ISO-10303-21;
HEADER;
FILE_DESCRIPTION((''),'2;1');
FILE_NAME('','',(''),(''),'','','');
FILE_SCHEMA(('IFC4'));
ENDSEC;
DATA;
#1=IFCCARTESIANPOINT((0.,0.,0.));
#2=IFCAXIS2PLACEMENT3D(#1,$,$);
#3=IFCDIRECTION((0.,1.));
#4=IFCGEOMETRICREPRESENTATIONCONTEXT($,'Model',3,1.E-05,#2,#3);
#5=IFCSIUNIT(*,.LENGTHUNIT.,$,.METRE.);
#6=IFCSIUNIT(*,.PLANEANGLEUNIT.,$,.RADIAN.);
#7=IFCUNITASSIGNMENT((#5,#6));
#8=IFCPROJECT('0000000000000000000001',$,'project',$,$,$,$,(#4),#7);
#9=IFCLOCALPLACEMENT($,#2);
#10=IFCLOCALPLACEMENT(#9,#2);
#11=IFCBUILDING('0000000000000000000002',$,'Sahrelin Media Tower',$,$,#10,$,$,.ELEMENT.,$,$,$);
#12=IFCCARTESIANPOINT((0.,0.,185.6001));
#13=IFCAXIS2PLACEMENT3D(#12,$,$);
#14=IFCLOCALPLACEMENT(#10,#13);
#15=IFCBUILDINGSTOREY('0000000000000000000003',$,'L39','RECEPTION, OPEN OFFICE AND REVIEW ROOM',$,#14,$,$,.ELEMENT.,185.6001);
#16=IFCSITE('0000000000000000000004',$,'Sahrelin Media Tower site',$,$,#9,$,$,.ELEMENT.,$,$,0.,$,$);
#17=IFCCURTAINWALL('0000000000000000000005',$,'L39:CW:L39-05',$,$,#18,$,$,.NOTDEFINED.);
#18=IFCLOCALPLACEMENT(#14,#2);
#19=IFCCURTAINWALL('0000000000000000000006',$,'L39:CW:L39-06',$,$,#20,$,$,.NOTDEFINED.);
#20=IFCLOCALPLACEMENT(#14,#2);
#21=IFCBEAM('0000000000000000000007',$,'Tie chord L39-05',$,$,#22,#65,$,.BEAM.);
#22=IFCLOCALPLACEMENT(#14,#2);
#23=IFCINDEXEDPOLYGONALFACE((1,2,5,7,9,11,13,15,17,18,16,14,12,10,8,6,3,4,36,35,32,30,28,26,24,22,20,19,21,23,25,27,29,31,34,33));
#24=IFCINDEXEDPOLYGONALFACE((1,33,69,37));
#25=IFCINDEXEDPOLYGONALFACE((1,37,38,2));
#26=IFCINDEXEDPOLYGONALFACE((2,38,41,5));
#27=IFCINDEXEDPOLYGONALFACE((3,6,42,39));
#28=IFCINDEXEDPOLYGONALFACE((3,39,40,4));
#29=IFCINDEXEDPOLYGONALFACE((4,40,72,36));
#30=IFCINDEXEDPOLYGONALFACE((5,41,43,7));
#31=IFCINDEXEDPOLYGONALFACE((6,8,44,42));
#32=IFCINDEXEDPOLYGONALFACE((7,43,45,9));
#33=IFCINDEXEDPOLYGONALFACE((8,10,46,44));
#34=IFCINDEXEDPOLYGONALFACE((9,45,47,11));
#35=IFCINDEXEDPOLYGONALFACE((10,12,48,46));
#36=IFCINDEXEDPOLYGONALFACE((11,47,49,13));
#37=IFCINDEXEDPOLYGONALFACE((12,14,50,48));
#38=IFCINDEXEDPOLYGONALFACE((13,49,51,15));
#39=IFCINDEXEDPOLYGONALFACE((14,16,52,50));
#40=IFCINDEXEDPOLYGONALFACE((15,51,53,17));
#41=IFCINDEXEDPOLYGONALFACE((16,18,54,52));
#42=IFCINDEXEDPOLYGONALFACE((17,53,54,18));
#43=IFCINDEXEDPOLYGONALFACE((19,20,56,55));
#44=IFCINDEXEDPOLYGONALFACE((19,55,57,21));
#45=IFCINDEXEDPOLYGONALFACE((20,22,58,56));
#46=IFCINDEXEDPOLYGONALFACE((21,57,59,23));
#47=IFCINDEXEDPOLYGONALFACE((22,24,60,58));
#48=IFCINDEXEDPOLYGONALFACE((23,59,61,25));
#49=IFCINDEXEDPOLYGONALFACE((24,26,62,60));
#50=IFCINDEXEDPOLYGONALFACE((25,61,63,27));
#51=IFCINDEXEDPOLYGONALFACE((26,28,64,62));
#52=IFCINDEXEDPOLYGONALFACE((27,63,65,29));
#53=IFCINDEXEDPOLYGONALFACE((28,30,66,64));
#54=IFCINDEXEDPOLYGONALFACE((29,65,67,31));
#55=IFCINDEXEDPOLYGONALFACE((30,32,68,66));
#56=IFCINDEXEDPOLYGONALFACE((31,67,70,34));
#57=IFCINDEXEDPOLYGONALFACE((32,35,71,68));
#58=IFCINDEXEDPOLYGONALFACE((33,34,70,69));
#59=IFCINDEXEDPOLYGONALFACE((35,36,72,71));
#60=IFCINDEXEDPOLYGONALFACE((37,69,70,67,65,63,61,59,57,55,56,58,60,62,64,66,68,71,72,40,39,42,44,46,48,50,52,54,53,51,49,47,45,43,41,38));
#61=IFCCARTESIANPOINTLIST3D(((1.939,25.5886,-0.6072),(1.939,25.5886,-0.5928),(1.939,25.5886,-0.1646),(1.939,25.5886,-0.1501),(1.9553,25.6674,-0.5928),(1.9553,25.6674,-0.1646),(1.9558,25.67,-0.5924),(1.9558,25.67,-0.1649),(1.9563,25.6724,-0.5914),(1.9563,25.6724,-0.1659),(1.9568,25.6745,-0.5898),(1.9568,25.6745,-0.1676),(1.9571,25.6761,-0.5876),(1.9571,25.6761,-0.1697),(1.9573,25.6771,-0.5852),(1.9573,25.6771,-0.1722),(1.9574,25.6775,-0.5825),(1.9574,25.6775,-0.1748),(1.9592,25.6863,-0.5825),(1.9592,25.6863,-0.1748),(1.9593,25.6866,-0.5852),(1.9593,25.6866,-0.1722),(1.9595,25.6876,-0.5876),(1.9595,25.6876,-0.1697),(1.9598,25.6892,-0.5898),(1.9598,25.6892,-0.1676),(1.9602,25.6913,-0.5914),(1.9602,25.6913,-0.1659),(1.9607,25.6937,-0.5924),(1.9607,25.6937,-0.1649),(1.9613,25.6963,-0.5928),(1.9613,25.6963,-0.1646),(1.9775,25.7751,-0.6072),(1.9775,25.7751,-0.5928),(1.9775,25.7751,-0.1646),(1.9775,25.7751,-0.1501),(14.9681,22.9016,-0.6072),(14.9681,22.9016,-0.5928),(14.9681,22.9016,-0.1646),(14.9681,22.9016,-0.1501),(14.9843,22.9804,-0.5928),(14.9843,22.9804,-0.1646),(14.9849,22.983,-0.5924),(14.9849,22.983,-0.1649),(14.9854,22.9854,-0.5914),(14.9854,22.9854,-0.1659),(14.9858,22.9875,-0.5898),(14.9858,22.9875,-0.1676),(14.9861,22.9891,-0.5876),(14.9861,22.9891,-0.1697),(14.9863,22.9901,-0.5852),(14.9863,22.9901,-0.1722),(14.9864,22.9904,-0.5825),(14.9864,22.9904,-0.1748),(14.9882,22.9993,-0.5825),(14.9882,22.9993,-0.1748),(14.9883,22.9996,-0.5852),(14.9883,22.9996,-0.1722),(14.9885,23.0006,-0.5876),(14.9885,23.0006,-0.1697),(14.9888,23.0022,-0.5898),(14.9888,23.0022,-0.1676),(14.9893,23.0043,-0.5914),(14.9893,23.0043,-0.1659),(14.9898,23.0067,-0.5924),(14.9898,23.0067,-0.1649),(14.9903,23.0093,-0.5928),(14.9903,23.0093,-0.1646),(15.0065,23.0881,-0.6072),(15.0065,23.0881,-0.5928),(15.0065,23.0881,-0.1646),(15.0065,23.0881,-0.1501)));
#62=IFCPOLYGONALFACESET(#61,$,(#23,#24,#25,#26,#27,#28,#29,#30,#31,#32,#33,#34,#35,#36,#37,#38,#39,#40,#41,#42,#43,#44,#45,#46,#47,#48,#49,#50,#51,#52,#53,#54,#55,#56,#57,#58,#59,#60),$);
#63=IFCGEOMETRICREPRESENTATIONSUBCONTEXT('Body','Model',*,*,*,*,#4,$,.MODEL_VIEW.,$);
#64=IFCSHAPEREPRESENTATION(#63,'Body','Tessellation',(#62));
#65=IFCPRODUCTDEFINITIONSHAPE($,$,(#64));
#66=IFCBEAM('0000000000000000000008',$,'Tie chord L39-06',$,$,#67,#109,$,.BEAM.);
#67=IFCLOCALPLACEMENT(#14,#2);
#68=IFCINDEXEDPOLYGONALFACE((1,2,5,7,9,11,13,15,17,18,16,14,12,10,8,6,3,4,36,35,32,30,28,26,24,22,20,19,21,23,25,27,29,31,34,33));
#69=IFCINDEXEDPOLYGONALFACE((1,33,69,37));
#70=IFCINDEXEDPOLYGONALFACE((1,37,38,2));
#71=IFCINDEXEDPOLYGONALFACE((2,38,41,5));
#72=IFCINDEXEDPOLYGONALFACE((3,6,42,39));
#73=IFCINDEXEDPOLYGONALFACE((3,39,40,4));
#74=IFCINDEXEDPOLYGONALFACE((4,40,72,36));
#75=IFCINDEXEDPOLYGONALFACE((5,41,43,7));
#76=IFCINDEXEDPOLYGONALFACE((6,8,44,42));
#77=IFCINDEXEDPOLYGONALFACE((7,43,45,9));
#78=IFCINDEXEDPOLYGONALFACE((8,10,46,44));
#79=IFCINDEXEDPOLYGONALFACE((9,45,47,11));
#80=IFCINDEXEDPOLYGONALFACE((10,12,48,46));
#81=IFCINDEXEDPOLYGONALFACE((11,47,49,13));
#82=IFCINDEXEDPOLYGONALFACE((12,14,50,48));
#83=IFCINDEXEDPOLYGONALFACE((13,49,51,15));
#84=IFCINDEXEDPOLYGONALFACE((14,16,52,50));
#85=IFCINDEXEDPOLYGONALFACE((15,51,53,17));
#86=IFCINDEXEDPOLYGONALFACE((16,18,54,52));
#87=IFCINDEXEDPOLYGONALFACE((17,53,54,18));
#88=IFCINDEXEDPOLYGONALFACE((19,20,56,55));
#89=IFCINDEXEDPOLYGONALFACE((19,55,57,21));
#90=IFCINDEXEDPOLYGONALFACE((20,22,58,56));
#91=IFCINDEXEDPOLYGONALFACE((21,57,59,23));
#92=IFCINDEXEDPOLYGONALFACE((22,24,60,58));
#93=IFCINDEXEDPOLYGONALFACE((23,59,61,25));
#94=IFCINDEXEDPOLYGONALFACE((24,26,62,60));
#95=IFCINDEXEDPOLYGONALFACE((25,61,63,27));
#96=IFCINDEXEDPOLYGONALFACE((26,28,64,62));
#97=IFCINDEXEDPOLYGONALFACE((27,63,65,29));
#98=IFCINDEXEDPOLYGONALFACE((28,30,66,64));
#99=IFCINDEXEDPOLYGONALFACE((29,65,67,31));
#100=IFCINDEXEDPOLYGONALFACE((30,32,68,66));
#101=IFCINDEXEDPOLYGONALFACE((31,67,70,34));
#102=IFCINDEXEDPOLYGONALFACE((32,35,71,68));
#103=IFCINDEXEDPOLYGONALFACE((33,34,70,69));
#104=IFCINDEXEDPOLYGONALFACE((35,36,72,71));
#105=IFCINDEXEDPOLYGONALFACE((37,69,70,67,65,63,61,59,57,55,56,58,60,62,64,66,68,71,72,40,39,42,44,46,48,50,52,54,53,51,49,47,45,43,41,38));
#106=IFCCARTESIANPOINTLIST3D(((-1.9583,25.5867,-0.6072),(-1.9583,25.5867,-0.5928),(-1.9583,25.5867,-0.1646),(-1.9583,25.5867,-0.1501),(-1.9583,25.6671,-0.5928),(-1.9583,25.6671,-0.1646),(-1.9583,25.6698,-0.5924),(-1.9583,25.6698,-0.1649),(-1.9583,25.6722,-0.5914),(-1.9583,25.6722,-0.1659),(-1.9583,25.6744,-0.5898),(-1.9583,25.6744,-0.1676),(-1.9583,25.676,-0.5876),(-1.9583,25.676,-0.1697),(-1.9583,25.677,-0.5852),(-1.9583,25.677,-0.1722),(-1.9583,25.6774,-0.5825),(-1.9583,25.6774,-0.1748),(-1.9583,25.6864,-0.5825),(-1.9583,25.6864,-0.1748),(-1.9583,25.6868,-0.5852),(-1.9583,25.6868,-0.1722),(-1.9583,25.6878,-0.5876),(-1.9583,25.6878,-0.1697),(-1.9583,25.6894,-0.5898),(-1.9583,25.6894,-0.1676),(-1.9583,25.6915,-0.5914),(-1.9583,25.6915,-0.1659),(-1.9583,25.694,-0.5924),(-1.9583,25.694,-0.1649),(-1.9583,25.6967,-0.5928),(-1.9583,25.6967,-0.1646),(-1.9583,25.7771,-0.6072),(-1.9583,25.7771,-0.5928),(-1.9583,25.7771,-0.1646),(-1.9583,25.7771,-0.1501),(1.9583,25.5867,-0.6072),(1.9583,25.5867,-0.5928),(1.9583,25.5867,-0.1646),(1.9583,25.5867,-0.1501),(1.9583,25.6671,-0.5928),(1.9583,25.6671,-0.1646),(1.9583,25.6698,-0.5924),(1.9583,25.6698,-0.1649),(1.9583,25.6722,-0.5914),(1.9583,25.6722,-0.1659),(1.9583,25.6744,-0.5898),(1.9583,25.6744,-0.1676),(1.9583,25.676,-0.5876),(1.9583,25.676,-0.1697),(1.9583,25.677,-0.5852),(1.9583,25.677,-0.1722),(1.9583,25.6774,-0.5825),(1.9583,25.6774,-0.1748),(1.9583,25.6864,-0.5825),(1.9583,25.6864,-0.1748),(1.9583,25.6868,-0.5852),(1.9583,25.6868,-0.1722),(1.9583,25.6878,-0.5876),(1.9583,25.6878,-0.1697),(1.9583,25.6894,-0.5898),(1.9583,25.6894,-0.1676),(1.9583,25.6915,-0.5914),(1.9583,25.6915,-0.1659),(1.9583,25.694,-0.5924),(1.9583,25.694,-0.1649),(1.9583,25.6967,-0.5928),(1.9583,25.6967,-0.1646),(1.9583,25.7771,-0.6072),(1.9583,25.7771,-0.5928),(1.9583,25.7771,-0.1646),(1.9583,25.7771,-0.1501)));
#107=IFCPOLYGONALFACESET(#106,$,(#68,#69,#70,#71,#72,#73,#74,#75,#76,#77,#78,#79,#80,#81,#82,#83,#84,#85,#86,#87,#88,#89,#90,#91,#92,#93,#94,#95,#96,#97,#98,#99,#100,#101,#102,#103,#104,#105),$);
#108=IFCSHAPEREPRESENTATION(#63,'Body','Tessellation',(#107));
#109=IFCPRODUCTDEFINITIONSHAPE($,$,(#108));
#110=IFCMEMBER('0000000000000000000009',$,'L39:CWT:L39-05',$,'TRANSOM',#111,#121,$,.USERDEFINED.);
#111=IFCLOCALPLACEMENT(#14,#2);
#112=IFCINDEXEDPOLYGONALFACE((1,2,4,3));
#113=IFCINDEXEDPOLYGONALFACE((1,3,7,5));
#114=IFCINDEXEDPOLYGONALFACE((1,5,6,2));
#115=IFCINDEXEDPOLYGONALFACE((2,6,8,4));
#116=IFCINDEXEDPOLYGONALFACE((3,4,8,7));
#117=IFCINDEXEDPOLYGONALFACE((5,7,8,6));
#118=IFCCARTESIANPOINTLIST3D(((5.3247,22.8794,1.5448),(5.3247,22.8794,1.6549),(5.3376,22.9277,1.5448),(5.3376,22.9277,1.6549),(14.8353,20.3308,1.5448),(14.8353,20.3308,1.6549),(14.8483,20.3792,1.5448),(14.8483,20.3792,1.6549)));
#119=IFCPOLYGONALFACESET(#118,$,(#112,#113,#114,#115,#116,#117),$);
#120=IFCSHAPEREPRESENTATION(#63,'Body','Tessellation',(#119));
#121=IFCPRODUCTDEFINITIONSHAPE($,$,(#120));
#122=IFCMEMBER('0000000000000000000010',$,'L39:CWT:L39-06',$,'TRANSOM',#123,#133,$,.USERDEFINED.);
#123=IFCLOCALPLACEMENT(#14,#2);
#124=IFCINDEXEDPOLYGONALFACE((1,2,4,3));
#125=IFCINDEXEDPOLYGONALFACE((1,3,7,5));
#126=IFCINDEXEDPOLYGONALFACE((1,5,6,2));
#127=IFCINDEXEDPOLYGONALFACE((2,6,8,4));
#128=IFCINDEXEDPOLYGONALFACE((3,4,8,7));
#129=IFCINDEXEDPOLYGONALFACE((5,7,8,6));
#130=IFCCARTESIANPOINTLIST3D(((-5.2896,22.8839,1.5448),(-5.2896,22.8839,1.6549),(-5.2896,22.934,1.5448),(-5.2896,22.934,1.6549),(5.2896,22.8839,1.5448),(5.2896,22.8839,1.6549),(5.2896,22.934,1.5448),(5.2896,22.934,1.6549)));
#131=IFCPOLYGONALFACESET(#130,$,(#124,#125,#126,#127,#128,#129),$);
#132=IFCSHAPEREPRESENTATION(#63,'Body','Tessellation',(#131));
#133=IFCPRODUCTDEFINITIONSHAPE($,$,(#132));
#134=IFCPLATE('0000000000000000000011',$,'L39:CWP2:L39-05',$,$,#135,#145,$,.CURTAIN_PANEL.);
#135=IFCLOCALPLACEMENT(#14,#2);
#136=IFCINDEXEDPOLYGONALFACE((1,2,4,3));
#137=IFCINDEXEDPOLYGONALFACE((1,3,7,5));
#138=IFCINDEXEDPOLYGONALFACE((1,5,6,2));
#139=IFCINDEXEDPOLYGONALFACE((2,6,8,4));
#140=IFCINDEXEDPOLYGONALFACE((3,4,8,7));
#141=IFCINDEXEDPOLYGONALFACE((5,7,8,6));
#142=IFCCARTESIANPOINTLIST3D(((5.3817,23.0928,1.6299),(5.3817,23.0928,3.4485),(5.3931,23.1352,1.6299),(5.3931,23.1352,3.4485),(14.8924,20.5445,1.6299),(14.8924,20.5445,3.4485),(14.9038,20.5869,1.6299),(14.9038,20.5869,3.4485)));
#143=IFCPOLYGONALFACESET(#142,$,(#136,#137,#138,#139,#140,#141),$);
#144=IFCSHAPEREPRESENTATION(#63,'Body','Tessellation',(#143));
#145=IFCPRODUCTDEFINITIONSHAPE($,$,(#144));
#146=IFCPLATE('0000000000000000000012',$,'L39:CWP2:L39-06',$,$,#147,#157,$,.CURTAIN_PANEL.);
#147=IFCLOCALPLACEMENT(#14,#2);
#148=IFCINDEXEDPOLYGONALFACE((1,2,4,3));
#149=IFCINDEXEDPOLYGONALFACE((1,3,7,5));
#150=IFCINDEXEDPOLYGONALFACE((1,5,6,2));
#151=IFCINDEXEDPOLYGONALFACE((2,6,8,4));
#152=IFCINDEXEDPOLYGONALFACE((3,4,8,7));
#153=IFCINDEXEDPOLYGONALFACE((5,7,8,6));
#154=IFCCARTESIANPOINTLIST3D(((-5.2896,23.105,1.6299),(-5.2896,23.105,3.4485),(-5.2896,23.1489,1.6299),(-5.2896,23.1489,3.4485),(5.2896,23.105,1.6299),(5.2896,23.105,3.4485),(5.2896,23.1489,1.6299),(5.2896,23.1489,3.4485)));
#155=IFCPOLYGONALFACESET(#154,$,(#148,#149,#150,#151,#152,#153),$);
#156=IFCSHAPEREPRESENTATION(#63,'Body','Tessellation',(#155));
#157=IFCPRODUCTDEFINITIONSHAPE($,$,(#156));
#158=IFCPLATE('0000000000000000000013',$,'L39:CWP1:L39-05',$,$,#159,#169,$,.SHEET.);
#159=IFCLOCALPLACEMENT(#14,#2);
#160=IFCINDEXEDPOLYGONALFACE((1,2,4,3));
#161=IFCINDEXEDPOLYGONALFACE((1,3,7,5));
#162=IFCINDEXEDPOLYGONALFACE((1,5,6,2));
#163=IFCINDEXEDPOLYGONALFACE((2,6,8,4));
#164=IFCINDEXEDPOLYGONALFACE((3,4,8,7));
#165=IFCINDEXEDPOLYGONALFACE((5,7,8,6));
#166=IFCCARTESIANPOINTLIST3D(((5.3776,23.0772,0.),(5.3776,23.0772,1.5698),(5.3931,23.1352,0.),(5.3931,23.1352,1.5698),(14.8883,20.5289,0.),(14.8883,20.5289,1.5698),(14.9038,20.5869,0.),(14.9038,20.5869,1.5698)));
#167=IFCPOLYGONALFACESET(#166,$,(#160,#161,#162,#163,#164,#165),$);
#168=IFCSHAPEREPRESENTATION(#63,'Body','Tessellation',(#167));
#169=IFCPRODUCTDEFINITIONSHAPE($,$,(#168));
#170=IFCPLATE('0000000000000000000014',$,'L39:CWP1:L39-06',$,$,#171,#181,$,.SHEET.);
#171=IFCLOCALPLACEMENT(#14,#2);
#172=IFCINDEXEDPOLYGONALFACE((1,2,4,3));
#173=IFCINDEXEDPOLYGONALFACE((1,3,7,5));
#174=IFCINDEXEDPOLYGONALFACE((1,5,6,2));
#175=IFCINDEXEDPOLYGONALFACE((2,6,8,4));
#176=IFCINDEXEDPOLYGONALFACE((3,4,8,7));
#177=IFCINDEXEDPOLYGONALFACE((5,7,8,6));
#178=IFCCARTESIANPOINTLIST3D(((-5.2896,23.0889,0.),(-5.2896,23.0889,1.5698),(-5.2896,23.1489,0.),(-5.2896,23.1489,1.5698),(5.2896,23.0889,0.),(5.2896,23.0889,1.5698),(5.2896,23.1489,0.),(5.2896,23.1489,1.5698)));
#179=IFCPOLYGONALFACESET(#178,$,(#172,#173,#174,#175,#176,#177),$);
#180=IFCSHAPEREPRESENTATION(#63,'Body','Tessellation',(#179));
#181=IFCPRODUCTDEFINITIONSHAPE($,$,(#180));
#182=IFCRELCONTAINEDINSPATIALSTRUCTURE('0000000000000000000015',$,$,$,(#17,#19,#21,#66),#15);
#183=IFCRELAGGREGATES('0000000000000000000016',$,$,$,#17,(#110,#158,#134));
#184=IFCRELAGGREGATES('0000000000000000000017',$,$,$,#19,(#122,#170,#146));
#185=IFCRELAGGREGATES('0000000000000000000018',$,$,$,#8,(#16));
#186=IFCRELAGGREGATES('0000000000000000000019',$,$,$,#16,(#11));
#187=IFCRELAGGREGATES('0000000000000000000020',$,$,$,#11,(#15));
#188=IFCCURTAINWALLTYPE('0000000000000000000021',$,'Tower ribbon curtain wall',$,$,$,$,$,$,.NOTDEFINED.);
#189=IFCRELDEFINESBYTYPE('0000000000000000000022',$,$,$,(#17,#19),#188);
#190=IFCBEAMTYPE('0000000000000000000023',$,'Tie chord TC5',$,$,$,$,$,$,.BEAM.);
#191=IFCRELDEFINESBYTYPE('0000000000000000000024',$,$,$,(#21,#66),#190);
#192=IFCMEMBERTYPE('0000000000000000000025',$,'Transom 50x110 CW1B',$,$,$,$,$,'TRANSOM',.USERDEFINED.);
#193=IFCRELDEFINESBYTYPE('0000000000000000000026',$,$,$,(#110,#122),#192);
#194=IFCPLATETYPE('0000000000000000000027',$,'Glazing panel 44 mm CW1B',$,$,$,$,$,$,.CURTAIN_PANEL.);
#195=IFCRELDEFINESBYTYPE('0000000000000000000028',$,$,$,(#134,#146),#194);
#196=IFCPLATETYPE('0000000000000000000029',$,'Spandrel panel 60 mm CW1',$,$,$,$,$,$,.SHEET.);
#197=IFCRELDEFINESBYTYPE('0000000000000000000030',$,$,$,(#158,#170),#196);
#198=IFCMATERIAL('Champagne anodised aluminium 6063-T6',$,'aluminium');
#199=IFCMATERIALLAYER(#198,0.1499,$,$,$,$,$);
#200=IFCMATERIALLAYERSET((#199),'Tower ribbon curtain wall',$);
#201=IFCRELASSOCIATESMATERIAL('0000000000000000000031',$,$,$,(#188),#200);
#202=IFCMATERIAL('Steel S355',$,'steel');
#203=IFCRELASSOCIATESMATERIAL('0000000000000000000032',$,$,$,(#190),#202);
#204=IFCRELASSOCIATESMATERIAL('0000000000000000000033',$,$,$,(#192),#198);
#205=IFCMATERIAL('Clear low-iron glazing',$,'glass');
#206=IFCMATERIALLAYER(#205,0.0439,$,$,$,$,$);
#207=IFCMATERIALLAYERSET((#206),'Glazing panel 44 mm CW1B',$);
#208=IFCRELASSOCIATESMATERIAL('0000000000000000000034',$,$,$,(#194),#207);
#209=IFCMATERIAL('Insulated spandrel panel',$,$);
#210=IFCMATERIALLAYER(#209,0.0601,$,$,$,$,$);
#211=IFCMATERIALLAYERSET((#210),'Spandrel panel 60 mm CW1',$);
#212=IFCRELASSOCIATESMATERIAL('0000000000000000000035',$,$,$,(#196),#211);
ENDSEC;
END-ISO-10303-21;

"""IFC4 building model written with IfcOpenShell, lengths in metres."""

from ifc_helpers import new_model, si_unit, direction, frame, origin, origin_2d, place, context, subcontext, project, spatial, polyline, rectangle, i_section, outline, extrude, material, layer, layer_set, material_profile, profile_set, type_object, element, aggregate, save


model = new_model("IFC4")

# Units and contexts
model_context = context("Model", 3, precision=1e-05, world=origin(), true_north=direction((0.0, 1.0)))
body_context = subcontext(model_context, "Body", "Model", "MODEL_VIEW")
ifc_project = project(units=[si_unit("LENGTHUNIT", "METRE"), si_unit("PLANEANGLEUNIT", "RADIAN")], contexts=[model_context])

# Site, building, storey
site_placement = place(None, origin())
site = spatial("IfcSite", under=ifc_project, at=site_placement, Name="Sahrelin Media Tower site", CompositionType="ELEMENT", RefElevation=0.0)
building_placement = place(site_placement, origin())
building = spatial("IfcBuilding", under=site, at=building_placement, Name="Sahrelin Media Tower", CompositionType="ELEMENT")
storey_placement = place(building_placement, frame((0.0, 0.0, 185.6001)))
storey = spatial("IfcBuildingStorey", under=building, at=storey_placement, Name="L39", Description="RECEPTION, OPEN OFFICE AND REVIEW ROOM", CompositionType="ELEMENT", Elevation=185.6001)

# Shared definitions
ifc_material_1 = material(Name="Steel S355", Category="steel")

# Curtain walls
ifc_material_2 = material(Name="Champagne anodised aluminium 6063-T6", Category="aluminium")
ifc_layer_1 = layer(ifc_material_2, 0.1499)
ifc_layer_set_1 = layer_set([ifc_layer_1], Name="Tower ribbon curtain wall")
curtain_wall_type = type_object("IfcCurtainWallType", Name="Tower ribbon curtain wall", PredefinedType="NOTDEFINED", material=ifc_layer_set_1)
curtain_wall_1_placement = place(storey_placement, frame((10.1433, 21.8418, 0.0), z_axis=(0.0, 0.0, 1.0), x_axis=(1.0, 0.0, 0.0)))
curtain_wall_1 = element("IfcCurtainWall", 1, at=curtain_wall_1_placement, inside=storey, type_object=curtain_wall_type, Name="L39:CW:L39-05", PredefinedType="NOTDEFINED")
placement_1 = place(storey_placement, frame((0.0, 23.1289, 0.0), z_axis=(0.0, 0.0, 1.0), x_axis=(1.0, 0.0, 0.0)))
curtain_wall_2 = element("IfcCurtainWall", 2, at=placement_1, inside=storey, type_object=curtain_wall_type, Name="L39:CW:L39-06", PredefinedType="NOTDEFINED")

# Beams
ifc_material_profile_1 = material_profile(ifc_material_1, i_section(OverallWidth=0.1904, OverallDepth=0.457, WebThickness=0.009, FlangeThickness=0.0144, FilletRadius=0.0103, at=origin_2d()), Name="UB 457x191x74")
ifc_profile_set_1 = profile_set([ifc_material_profile_1], Name="Steel S355")
beam_type_1 = type_object("IfcBeamType", Name="Tie chord TC5", PredefinedType="BEAM", material=ifc_profile_set_1)
beam_1_placement = place(storey_placement, frame((14.9873, 22.9949, -0.3787), z_axis=(-0.979389, 0.201982, 0.0), x_axis=(-0.201982, -0.979389, 0.0)))
element("IfcBeam", 3, at=beam_1_placement, inside=storey, type_object=beam_type_1, Name="Tie chord L39-05", PredefinedType="BEAM", context=body_context, shape_type="SweptSolid", body=[
    extrude(i_section(OverallWidth=0.1904, OverallDepth=0.457, WebThickness=0.009, FlangeThickness=0.0144, FilletRadius=0.0103, at=origin_2d()), origin(), (0.0, 0.0, 1.0), 13.3032),
])
beam_2_placement = place(storey_placement, frame((1.9583, 25.6819, -0.3787), z_axis=(-1.0, 0.0, 0.0), x_axis=(0.0, -1.0, 0.0)))
element("IfcBeam", 4, at=beam_2_placement, inside=storey, type_object=beam_type_1, Name="Tie chord L39-06", PredefinedType="BEAM", context=body_context, shape_type="SweptSolid", body=[
    extrude(i_section(OverallWidth=0.1904, OverallDepth=0.457, WebThickness=0.009, FlangeThickness=0.0144, FilletRadius=0.0103, at=origin_2d()), origin(), (0.0, 0.0, 1.0), 3.9165),
])

# Members
ifc_material_profile_2 = material_profile(ifc_material_2, rectangle(XDim=0.05, YDim=0.1101, at=origin_2d()), Name="Transom 50x110")
ifc_profile_set_2 = profile_set([ifc_material_profile_2], Name="Champagne anodised aluminium 6063-T6")
member_type_1 = type_object("IfcMemberType", Name="Transom 50x110 CW1B", ElementType="TRANSOM", PredefinedType="USERDEFINED", material=ifc_profile_set_2)
member_1_placement = place(storey_placement, frame((14.8418, 20.355, 1.5999), z_axis=(-0.965921, 0.258837, 0.0), x_axis=(-0.258837, -0.965921, 0.0)))
member_1 = element("IfcMember", 5, at=member_1_placement, type_object=member_type_1, Name="L39:CWT:L39-05", ObjectType="TRANSOM", PredefinedType="USERDEFINED", context=body_context, shape_type="SweptSolid", body=[
    extrude(rectangle(XDim=0.05, YDim=0.1101, at=origin_2d()), origin(), (0.0, 0.0, 1.0), 9.8462),
])
member_2_placement = place(storey_placement, frame((5.2896, 22.9089, 1.5999), z_axis=(-1.0, 0.0, 0.0), x_axis=(0.0, -1.0, 0.0)))
member_2 = element("IfcMember", 6, at=member_2_placement, type_object=member_type_1, Name="L39:CWT:L39-06", ObjectType="TRANSOM", PredefinedType="USERDEFINED", context=body_context, shape_type="SweptSolid", body=[
    extrude(rectangle(XDim=0.05, YDim=0.1101, at=origin_2d()), origin(), (0.0, 0.0, 1.0), 10.5791),
])

# Plates
ifc_material_3 = material(Name="Clear low-iron glazing", Category="glass")
ifc_layer_2 = layer(ifc_material_3, 0.0439)
ifc_layer_set_2 = layer_set([ifc_layer_2], Name="Glazing panel 44 mm CW1B")
plate_type_1 = type_object("IfcPlateType", Name="Glazing panel 44 mm CW1B", PredefinedType="CURTAIN_PANEL", material=ifc_layer_set_2)
plate_1_placement = place(storey_placement, frame((14.9038, 20.5869, 1.6299), z_axis=(0.258814, 0.965927, 0.0), x_axis=(-0.965927, 0.258814, 0.0)))
plate_1 = element("IfcPlate", 7, at=plate_1_placement, type_object=plate_type_1, Name="L39:CWP2:L39-05", PredefinedType="CURTAIN_PANEL", context=body_context, shape_type="SweptSolid", body=[
    extrude(outline(polyline([(0.0, 0.0), (9.8462, 0.0), (9.8462, 1.8186), (0.0, 1.8186), (0.0, 0.0)])), origin(), (0.0, 0.0, -1.0), 0.0439),
])
plate_2_placement = place(storey_placement, frame((5.2896, 23.1489, 1.6299), z_axis=(0.0, 1.0, 0.0), x_axis=(-1.0, 0.0, 0.0)))
plate_2 = element("IfcPlate", 8, at=plate_2_placement, type_object=plate_type_1, Name="L39:CWP2:L39-06", PredefinedType="CURTAIN_PANEL", context=body_context, shape_type="SweptSolid", body=[
    extrude(outline(polyline([(0.0, 0.0), (10.5791, 0.0), (10.5791, 1.8186), (0.0, 1.8186), (0.0, 0.0)])), origin(), (0.0, 0.0, -1.0), 0.0439),
])
ifc_material_4 = material(Name="Insulated spandrel panel")
ifc_layer_3 = layer(ifc_material_4, 0.0601)
ifc_layer_set_3 = layer_set([ifc_layer_3], Name="Spandrel panel 60 mm CW1")
plate_type_2 = type_object("IfcPlateType", Name="Spandrel panel 60 mm CW1", PredefinedType="SHEET", material=ifc_layer_set_3)
plate_3_placement = place(storey_placement, frame((14.9038, 20.5869, 0.0), z_axis=(0.258814, 0.965927, 0.0), x_axis=(-0.965927, 0.258814, 0.0)))
plate_3 = element("IfcPlate", 9, at=plate_3_placement, type_object=plate_type_2, Name="L39:CWP1:L39-05", PredefinedType="SHEET", context=body_context, shape_type="SweptSolid", body=[
    extrude(outline(polyline([(0.0, 0.0), (9.8462, 0.0), (9.8462, 1.5698), (0.0, 1.5698), (0.0, 0.0)])), origin(), (0.0, 0.0, -1.0), 0.0601),
])
aggregate(curtain_wall_1, [member_1, plate_3, plate_1])
plate_4_placement = place(storey_placement, frame((5.2896, 23.1489, 0.0), z_axis=(0.0, 1.0, 0.0), x_axis=(-1.0, 0.0, 0.0)))
plate_4 = element("IfcPlate", 10, at=plate_4_placement, type_object=plate_type_2, Name="L39:CWP1:L39-06", PredefinedType="SHEET", context=body_context, shape_type="SweptSolid", body=[
    extrude(outline(polyline([(0.0, 0.0), (10.5791, 0.0), (10.5791, 1.5698), (0.0, 1.5698), (0.0, 0.0)])), origin(), (0.0, 0.0, -1.0), 0.0601),
])
aggregate(curtain_wall_2, [member_2, plate_4, plate_2])

save(model, "model.ifc")
